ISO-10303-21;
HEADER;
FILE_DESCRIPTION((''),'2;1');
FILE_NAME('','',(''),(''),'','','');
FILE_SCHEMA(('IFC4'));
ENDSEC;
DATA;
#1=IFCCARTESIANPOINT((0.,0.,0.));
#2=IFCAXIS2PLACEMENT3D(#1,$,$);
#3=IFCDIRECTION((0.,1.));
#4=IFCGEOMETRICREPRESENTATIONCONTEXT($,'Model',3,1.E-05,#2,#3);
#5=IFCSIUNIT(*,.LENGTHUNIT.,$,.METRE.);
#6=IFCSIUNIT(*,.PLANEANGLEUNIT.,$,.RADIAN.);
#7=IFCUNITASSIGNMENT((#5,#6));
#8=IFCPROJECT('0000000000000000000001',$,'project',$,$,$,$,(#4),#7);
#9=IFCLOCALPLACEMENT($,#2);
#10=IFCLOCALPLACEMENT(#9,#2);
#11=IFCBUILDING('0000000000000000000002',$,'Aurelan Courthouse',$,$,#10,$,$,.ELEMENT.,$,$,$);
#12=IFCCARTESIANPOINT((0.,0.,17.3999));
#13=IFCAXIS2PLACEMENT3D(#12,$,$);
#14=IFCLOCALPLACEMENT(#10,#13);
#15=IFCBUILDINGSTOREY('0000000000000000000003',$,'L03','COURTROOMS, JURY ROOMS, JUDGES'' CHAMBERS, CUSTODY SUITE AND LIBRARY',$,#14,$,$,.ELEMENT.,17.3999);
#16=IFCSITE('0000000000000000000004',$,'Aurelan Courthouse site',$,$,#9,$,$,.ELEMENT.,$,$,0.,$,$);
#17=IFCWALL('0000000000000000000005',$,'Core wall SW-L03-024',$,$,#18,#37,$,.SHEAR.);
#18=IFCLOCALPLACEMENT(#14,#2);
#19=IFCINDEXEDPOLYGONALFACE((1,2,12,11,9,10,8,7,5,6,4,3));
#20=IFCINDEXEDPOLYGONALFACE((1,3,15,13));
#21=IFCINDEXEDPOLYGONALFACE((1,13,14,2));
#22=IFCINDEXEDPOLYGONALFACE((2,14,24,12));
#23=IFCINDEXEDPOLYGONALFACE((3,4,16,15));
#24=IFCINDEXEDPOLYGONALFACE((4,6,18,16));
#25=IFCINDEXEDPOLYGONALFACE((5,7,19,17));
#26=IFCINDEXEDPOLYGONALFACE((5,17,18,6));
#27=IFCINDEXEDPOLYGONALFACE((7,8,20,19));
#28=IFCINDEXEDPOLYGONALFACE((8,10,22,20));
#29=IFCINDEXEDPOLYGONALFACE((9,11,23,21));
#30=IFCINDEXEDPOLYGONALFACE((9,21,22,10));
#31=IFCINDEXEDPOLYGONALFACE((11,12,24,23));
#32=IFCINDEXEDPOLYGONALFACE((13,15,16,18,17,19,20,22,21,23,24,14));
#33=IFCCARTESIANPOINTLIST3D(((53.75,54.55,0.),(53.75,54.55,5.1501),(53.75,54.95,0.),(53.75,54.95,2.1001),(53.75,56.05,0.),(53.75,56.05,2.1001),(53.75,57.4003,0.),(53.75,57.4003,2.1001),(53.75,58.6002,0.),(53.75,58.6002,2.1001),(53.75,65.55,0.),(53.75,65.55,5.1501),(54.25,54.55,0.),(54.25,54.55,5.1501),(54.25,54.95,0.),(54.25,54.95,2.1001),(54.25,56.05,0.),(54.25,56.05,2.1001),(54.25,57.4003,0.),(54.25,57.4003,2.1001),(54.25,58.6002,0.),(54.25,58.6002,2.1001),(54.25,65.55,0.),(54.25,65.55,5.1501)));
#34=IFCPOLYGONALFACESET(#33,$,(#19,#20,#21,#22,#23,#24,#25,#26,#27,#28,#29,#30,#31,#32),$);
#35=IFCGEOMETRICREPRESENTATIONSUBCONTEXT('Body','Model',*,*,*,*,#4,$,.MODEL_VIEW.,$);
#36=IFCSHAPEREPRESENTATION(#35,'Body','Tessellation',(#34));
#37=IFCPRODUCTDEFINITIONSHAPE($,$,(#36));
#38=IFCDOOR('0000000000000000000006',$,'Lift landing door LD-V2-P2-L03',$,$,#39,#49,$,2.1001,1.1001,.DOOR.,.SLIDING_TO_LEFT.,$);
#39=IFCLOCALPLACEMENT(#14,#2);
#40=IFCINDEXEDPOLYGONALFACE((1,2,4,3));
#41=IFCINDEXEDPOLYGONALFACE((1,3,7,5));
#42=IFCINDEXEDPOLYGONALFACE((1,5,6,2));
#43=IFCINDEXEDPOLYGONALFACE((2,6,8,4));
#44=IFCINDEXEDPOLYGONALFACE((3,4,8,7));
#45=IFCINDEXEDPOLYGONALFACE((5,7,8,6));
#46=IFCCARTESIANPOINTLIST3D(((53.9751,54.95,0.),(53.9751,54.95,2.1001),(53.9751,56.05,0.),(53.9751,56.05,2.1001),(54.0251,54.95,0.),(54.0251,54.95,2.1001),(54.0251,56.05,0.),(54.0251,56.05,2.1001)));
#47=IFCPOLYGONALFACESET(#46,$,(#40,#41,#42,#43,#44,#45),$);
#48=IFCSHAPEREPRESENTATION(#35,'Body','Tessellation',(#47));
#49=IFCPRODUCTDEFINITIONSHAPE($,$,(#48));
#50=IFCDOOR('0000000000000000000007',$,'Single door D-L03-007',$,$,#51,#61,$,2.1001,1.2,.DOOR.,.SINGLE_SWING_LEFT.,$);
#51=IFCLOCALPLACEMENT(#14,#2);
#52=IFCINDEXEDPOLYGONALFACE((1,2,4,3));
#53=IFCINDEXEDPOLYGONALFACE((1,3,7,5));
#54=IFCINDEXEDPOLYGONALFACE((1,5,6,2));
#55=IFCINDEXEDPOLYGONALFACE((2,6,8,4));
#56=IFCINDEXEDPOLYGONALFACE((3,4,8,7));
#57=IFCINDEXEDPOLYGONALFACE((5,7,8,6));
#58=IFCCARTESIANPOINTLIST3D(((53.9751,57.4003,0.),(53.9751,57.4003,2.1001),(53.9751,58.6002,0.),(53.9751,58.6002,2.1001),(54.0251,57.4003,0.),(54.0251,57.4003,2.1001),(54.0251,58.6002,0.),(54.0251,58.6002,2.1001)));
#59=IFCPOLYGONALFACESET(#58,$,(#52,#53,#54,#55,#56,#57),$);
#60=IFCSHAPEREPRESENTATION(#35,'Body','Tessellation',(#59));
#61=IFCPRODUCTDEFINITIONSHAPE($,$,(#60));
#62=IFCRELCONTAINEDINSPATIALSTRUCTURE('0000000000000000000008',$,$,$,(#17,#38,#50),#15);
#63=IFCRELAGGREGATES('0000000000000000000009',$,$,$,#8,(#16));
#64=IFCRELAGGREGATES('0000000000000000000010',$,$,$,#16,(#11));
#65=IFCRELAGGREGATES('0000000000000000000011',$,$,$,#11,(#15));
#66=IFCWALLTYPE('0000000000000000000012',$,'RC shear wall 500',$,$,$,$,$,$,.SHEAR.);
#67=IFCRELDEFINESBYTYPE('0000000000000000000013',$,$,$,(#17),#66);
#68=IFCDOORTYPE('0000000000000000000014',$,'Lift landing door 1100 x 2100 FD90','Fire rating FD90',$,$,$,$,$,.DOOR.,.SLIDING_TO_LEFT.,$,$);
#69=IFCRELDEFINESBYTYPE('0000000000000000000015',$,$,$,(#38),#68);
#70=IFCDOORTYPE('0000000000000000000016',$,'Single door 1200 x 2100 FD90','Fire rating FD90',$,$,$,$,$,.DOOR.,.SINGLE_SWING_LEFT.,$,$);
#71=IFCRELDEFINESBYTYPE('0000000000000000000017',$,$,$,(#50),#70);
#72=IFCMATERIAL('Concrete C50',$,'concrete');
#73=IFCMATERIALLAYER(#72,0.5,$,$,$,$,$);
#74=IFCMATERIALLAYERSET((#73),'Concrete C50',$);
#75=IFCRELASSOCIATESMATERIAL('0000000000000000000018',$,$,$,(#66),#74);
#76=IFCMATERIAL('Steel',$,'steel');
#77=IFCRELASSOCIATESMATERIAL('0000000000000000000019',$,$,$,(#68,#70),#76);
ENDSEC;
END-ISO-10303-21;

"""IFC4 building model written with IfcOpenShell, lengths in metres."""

from ifc_helpers import new_model, si_unit, direction, frame, frame_2d, origin, place, context, subcontext, project, spatial, rectangle, extrude, material, layer, layer_set, type_object, element, fill, save


model = new_model("IFC4")

# Units and contexts
model_context = context("Model", 3, precision=1e-05, world=origin(), true_north=direction((0.0, 1.0)))
body_context = subcontext(model_context, "Body", "Model", "MODEL_VIEW")
ifc_project = project(units=[si_unit("LENGTHUNIT", "METRE"), si_unit("PLANEANGLEUNIT", "RADIAN")], contexts=[model_context])

# Site, building, storey
site_placement = place(None, origin())
site = spatial("IfcSite", under=ifc_project, at=site_placement, Name="Aurelan Courthouse site", CompositionType="ELEMENT", RefElevation=0.0)
building_placement = place(site_placement, origin())
building = spatial("IfcBuilding", under=site, at=building_placement, Name="Aurelan Courthouse", CompositionType="ELEMENT")
storey_placement = place(building_placement, frame((0.0, 0.0, 17.3999)))
storey = spatial("IfcBuildingStorey", under=building, at=storey_placement, Name="L03", Description="COURTROOMS, JURY ROOMS, JUDGES' CHAMBERS, CUSTODY SUITE AND LIBRARY", CompositionType="ELEMENT", Elevation=17.3999)

# Shared definitions
ifc_material_1 = material(Name="Concrete C50", Category="concrete")

# Shared definitions
ifc_material_2 = material(Name="Steel", Category="steel")

# Shared definitions
ifc_layer_1 = layer(ifc_material_1, 0.5)
ifc_layer_set_1 = layer_set([ifc_layer_1], Name="Concrete C50")
wall_type_1 = type_object("IfcWallType", Name="RC shear wall 500", PredefinedType="SHEAR", material=ifc_layer_set_1)

# Shared definitions
door_type_1 = type_object("IfcDoorType", Name="Lift landing door 1100 x 2100 FD90", Description="Fire rating FD90", OperationType="SLIDING_TO_LEFT", PredefinedType="DOOR", material=ifc_material_2)
door_type_2 = type_object("IfcDoorType", Name="Single door 1200 x 2100 FD90", Description="Fire rating FD90", OperationType="SINGLE_SWING_LEFT", PredefinedType="DOOR", material=ifc_material_2)

# Wall, openings, doors
wall_1_placement = place(storey_placement, frame((54.0, 54.55, 0.0), z_axis=(0.0, 0.0, 1.0), x_axis=(0.0, 1.0, 0.0)))
wall_1 = element("IfcWall", 1, at=wall_1_placement, inside=storey, type_object=wall_type_1, Name="Core wall SW-L03-024", PredefinedType="SHEAR", context=body_context, shape_type="SweptSolid", body=[
    extrude(rectangle(XDim=11.0, YDim=0.5, at=frame_2d((5.5, 0.0))), origin(), (0.0, 0.0, 1.0), 5.1501),
])
opening_1_placement = place(wall_1_placement, frame((0.3999, 0.0, 0.0)))
opening_1 = element("IfcOpeningElement", 2, at=opening_1_placement, cuts=wall_1, PredefinedType="OPENING", context=body_context, shape_type="SweptSolid", body=[
    extrude(rectangle(XDim=1.1001, YDim=2.1001, at=frame_2d((0.55, 1.05))), frame((0.0, 0.26, 0.0), z_axis=(0.0, -1.0, 0.0), x_axis=(1.0, 0.0, 0.0)), (0.0, 0.0, 1.0), 0.52),
])
opening_2_placement = place(wall_1_placement, frame((2.8501, 0.0, 0.0)))
opening_2 = element("IfcOpeningElement", 3, at=opening_2_placement, cuts=wall_1, PredefinedType="OPENING", context=body_context, shape_type="SweptSolid", body=[
    extrude(rectangle(XDim=1.2, YDim=2.1001, at=frame_2d((0.6001, 1.05))), frame((0.0, 0.26, 0.0), z_axis=(0.0, -1.0, 0.0), x_axis=(1.0, 0.0, 0.0)), (0.0, 0.0, 1.0), 0.52),
])
door_1_placement = place(opening_1_placement, origin())
door_1 = element("IfcDoor", 4, at=door_1_placement, inside=storey, type_object=door_type_1, Name="Lift landing door LD-V2-P2-L03", OperationType="SLIDING_TO_LEFT", OverallHeight=2.1001, OverallWidth=1.1001, PredefinedType="DOOR", context=body_context, shape_type="SweptSolid", body=[
    extrude(rectangle(XDim=1.1001, YDim=2.1001, at=frame_2d((0.55, 1.05))), frame((0.0, 0.0249, 0.0), z_axis=(0.0, -1.0, 0.0), x_axis=(1.0, 0.0, 0.0)), (0.0, 0.0, 1.0), 0.05),
])
fill(opening_1, door_1)
door_2_placement = place(opening_2_placement, origin())
door_2 = element("IfcDoor", 5, at=door_2_placement, inside=storey, type_object=door_type_2, Name="Single door D-L03-007", OperationType="SINGLE_SWING_LEFT", OverallHeight=2.1001, OverallWidth=1.2, PredefinedType="DOOR", context=body_context, shape_type="SweptSolid", body=[
    extrude(rectangle(XDim=1.2, YDim=2.1001, at=frame_2d((0.6001, 1.05))), frame((0.0, 0.0249, 0.0), z_axis=(0.0, -1.0, 0.0), x_axis=(1.0, 0.0, 0.0)), (0.0, 0.0, 1.0), 0.05),
])
fill(opening_2, door_2)

save(model, "model.ifc")
